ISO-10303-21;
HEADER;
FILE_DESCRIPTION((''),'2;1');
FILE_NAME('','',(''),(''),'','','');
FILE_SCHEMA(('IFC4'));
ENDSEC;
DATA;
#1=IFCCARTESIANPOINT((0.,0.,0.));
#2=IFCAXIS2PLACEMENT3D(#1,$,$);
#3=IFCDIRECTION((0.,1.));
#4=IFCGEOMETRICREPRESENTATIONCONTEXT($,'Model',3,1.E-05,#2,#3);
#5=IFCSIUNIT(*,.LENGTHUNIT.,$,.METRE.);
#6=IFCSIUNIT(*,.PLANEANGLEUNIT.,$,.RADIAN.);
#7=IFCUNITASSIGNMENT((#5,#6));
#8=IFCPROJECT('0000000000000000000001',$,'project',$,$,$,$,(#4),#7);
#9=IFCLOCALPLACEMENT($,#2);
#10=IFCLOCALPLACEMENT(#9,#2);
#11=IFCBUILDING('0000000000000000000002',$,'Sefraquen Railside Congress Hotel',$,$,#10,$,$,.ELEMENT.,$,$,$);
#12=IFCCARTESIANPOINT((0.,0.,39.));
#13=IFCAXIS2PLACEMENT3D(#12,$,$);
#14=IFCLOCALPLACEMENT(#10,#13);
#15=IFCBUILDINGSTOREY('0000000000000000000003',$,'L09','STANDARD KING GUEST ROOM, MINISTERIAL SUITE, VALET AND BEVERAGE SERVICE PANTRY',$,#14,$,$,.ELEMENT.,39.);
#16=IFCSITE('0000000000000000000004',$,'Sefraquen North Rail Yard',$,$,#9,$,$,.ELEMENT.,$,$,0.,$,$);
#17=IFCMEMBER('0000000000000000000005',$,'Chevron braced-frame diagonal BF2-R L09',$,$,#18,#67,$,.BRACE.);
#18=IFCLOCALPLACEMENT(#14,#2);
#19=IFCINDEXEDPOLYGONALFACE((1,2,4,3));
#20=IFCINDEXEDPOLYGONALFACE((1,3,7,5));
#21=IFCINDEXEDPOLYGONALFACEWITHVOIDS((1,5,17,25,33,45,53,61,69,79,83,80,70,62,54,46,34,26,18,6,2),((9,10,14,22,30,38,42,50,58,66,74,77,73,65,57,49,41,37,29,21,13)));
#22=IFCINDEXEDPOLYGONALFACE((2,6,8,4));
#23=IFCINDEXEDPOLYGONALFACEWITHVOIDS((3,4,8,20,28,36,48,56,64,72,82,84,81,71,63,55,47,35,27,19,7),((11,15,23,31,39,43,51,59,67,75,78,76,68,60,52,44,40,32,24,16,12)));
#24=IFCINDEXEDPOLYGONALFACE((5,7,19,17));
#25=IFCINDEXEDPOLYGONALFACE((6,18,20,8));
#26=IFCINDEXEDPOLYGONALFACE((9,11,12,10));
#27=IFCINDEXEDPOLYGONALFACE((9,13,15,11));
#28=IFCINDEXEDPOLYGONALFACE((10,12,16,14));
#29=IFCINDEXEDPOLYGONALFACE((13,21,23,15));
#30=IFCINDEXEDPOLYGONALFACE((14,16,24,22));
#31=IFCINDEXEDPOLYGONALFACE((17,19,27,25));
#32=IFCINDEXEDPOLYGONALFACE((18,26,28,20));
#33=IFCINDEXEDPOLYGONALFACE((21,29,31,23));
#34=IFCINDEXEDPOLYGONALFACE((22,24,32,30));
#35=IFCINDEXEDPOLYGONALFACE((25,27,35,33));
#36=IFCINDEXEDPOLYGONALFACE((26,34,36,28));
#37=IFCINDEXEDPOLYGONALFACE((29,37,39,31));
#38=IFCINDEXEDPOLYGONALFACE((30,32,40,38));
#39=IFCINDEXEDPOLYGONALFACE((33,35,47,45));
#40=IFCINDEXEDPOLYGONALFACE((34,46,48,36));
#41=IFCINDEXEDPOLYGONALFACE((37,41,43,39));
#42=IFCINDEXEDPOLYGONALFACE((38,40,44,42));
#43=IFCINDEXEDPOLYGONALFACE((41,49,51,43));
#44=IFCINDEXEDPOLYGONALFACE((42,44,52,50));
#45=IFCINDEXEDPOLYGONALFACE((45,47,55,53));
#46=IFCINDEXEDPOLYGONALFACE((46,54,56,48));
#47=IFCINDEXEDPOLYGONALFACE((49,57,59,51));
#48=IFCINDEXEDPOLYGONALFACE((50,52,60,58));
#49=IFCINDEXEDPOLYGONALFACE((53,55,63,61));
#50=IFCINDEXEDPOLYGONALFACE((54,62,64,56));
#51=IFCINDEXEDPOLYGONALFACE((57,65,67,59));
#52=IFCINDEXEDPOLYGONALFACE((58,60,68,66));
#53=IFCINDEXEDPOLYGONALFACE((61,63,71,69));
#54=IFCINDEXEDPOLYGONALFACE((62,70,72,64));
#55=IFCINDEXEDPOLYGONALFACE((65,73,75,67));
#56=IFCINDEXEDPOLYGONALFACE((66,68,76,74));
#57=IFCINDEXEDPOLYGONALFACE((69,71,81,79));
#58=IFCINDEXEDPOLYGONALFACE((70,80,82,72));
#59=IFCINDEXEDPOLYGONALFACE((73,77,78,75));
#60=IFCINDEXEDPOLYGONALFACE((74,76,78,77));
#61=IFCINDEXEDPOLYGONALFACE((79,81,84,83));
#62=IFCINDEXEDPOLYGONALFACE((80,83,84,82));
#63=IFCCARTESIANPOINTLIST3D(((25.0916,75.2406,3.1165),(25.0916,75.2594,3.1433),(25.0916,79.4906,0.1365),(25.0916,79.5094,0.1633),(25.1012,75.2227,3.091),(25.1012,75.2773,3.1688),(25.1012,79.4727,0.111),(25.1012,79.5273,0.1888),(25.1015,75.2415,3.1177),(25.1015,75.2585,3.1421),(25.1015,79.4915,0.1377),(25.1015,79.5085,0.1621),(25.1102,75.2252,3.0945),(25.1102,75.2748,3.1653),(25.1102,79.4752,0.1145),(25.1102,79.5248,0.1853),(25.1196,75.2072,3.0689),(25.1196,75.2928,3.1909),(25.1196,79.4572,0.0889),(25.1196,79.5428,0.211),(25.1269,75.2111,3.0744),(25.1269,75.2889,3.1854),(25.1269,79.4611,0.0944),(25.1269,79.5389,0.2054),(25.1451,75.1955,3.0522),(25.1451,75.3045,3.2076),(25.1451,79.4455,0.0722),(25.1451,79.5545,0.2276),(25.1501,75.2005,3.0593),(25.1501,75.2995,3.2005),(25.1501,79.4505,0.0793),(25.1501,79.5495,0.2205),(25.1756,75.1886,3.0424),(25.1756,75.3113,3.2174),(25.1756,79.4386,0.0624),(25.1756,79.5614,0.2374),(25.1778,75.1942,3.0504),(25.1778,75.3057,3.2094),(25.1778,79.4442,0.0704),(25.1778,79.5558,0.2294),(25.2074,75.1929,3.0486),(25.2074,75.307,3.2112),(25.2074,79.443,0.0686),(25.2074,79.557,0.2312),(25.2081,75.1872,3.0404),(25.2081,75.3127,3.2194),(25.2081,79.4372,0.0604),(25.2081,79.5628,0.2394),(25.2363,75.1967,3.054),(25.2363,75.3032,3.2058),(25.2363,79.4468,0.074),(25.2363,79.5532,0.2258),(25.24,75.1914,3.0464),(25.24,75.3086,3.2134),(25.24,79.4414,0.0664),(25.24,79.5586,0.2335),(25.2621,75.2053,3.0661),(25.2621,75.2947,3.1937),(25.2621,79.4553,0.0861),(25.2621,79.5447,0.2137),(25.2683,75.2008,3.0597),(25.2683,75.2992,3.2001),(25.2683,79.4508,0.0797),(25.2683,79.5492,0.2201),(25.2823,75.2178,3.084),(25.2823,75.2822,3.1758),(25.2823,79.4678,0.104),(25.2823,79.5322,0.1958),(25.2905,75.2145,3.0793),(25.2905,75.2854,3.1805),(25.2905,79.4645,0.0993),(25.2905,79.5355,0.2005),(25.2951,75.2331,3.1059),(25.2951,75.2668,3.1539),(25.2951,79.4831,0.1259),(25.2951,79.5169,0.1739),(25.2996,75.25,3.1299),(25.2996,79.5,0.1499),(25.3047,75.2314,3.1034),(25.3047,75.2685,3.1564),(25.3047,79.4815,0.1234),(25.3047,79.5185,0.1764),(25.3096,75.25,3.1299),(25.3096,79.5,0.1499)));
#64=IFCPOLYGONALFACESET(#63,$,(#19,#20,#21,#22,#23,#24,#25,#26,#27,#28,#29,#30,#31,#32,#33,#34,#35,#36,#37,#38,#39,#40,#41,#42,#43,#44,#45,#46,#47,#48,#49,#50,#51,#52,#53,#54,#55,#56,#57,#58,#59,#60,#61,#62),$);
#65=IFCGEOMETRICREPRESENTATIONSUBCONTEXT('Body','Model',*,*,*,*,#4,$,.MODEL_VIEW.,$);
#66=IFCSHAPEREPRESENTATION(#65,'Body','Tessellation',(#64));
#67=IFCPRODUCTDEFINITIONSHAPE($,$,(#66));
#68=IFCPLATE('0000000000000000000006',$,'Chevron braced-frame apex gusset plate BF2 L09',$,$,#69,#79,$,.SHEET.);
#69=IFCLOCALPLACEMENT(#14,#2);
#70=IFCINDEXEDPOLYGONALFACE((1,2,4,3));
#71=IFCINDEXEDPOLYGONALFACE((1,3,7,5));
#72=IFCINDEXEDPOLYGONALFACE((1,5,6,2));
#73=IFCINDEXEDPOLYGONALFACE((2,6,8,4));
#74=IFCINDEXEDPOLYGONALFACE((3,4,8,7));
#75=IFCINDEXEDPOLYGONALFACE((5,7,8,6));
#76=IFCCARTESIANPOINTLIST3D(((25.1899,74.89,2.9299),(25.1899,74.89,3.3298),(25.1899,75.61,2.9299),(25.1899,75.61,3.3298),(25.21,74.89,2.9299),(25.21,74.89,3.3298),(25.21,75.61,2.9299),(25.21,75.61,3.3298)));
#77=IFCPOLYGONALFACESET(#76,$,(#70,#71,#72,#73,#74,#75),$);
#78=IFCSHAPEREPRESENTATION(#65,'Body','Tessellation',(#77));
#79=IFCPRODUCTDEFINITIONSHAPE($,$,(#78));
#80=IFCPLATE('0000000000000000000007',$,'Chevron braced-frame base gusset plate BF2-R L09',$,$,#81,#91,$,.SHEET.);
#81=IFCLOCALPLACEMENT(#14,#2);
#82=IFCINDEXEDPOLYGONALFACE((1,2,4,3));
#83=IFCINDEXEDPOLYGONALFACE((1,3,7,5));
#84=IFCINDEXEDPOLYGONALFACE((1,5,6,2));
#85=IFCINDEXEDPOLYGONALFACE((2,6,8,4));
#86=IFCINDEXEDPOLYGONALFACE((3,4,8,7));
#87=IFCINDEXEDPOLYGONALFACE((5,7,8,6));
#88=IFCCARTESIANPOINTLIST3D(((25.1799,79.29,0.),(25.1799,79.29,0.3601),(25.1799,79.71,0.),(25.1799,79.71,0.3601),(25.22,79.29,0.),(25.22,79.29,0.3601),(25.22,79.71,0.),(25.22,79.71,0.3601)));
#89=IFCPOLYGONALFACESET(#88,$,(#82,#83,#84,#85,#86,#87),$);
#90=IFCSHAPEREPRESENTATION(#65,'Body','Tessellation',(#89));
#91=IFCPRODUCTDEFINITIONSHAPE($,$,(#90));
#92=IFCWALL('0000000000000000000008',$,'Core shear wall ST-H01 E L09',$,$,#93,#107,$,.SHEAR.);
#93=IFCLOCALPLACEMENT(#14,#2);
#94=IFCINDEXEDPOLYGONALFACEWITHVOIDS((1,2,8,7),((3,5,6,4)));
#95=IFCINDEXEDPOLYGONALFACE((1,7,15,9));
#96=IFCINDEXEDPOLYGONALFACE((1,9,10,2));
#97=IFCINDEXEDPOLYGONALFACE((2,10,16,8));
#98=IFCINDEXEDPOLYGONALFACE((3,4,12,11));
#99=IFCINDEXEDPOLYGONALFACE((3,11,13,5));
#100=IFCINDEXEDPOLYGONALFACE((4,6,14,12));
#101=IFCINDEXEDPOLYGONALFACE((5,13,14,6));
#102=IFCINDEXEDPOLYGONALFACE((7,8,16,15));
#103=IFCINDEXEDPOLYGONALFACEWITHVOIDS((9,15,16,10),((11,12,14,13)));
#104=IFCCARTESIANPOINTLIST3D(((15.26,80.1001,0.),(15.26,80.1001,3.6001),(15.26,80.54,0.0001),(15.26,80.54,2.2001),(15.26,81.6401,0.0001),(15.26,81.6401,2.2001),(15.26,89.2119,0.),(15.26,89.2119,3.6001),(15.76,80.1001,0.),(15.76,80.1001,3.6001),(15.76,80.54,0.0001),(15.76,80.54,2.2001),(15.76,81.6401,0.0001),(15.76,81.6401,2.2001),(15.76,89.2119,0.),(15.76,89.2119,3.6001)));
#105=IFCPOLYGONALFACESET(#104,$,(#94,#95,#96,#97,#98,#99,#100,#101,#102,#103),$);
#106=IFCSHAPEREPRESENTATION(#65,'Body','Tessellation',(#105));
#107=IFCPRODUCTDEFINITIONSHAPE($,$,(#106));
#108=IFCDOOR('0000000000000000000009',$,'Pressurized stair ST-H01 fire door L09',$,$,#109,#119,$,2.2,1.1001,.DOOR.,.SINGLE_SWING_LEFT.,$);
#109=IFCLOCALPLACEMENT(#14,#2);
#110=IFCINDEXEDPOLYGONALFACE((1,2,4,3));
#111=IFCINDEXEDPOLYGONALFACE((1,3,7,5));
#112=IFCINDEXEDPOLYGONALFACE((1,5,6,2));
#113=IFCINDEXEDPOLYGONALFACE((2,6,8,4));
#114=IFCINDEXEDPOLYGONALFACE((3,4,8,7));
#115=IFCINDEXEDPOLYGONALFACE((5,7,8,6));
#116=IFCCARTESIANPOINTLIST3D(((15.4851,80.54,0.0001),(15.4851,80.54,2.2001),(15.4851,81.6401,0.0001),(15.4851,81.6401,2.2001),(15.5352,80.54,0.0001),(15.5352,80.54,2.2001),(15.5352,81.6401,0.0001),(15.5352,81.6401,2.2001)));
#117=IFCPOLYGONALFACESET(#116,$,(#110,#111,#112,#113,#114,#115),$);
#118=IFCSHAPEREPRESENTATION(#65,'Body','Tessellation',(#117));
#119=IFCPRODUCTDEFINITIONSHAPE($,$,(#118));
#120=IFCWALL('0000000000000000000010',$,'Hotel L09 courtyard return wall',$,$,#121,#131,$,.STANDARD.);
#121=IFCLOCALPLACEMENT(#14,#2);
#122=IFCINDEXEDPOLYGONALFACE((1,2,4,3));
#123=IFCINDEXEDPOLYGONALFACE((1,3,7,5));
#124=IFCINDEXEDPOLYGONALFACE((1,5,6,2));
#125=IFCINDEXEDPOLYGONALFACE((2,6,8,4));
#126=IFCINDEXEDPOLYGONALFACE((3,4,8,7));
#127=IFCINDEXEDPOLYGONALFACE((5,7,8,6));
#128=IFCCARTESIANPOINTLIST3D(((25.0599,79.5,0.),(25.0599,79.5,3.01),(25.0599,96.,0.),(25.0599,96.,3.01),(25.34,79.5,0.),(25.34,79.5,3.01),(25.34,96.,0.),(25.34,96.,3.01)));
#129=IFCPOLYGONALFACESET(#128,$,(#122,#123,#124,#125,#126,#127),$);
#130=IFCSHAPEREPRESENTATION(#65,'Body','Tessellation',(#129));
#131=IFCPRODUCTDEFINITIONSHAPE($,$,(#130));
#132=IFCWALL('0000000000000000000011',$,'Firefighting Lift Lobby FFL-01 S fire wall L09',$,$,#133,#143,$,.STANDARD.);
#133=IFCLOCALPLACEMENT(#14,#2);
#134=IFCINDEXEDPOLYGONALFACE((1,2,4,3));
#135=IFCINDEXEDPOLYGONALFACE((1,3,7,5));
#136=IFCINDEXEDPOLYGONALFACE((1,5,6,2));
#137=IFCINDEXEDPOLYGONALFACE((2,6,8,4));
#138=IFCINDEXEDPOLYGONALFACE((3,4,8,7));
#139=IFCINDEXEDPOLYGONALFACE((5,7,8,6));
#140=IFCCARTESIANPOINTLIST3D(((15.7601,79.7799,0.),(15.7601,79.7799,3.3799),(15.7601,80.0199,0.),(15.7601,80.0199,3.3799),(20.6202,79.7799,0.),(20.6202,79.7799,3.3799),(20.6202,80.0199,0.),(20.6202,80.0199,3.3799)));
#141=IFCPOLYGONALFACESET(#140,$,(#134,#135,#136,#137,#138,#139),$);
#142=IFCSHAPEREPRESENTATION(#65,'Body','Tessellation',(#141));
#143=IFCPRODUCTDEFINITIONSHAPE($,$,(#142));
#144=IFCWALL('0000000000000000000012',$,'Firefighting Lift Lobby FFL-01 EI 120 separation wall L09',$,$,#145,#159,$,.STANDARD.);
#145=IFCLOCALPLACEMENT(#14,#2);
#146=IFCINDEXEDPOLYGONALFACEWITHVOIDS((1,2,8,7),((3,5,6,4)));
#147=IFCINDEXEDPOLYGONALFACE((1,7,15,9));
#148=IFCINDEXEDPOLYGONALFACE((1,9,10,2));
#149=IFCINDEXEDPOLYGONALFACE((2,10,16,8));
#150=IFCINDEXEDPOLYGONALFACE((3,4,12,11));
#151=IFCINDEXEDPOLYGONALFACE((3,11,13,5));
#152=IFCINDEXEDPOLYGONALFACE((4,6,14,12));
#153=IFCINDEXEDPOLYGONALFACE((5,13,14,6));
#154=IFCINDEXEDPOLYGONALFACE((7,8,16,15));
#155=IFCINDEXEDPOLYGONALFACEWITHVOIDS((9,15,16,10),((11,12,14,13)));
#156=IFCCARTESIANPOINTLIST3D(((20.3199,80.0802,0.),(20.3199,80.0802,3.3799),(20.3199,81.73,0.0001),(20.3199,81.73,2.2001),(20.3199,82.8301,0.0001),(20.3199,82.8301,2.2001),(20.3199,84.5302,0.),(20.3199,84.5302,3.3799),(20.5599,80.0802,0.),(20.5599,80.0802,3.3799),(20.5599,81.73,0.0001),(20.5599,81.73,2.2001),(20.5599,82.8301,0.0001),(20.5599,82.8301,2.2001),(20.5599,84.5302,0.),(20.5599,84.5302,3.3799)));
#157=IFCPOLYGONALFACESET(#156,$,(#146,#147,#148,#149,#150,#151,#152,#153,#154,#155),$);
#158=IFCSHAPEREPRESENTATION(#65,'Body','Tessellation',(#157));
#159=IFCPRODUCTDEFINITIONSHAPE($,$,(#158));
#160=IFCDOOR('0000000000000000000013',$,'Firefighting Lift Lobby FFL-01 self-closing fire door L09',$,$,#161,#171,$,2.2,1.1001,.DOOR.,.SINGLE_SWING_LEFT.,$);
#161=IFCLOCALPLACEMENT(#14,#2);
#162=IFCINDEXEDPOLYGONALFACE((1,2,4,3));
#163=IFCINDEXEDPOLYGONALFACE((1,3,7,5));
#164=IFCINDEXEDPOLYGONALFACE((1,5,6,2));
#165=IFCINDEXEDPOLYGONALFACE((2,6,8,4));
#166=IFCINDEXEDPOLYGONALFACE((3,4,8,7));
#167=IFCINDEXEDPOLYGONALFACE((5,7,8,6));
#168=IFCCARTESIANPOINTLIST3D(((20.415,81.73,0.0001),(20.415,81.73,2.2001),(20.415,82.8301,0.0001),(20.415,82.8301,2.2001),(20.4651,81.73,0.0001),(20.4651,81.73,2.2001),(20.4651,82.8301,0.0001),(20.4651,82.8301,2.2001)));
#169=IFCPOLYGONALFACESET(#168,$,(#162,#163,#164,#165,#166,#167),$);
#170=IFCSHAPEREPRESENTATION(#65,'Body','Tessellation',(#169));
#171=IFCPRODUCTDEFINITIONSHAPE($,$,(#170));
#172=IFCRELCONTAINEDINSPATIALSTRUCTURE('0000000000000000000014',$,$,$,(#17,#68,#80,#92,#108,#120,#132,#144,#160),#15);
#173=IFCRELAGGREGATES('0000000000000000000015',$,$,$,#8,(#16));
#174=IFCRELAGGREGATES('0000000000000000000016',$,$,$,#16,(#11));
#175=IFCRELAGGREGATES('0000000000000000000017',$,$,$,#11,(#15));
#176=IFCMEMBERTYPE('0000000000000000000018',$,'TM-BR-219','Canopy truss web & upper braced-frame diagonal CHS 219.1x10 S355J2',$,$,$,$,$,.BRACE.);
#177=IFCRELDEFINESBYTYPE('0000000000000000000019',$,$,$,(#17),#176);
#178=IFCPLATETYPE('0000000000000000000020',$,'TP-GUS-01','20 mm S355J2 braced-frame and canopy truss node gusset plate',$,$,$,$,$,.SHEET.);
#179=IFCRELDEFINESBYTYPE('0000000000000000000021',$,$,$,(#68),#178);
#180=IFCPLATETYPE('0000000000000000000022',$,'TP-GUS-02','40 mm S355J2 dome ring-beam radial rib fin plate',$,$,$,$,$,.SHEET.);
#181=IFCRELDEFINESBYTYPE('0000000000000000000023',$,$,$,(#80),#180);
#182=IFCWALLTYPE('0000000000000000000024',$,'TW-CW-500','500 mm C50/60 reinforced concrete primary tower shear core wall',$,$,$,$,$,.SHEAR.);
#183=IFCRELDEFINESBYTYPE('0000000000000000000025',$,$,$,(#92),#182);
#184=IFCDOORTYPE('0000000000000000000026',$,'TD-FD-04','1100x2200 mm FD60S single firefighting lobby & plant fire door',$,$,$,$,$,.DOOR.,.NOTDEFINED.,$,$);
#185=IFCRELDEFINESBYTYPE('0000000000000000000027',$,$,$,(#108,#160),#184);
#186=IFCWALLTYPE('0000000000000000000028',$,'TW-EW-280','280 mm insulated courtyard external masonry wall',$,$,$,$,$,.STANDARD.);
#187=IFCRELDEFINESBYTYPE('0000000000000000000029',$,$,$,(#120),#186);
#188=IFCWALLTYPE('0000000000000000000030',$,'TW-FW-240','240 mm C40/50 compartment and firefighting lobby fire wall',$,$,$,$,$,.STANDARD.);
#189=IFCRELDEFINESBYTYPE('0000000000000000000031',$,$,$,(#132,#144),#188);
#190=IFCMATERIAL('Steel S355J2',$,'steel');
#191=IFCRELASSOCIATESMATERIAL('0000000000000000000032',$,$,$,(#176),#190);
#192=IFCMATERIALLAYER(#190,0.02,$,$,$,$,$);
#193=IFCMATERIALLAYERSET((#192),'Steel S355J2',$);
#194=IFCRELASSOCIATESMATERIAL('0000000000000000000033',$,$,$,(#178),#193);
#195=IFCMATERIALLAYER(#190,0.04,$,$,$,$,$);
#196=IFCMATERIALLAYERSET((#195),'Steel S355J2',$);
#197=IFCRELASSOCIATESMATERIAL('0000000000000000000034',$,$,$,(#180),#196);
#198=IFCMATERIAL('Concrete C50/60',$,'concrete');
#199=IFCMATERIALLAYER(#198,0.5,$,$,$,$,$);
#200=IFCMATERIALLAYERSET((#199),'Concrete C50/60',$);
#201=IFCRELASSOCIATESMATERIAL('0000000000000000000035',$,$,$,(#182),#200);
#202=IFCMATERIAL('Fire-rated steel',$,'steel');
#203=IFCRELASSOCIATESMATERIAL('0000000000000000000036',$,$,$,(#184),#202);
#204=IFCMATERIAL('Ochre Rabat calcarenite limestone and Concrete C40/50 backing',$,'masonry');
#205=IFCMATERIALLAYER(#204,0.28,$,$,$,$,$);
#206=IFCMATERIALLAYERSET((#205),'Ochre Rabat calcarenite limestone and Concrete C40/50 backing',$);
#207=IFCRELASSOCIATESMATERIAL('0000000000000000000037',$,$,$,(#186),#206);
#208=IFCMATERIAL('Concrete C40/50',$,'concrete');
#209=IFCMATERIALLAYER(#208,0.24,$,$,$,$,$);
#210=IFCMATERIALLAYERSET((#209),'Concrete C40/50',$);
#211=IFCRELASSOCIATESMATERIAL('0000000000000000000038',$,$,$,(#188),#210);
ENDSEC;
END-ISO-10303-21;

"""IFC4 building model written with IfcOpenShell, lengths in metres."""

from ifc_helpers import new_model, si_unit, direction, frame, frame_2d, origin, origin_2d, place, context, subcontext, project, spatial, rectangle, hollow_circle, extrude, material, layer, layer_set, material_profile, profile_set, type_object, element, fill, save


model = new_model("IFC4")

# Units and contexts
model_context = context("Model", 3, precision=1e-05, world=origin(), true_north=direction((0.0, 1.0)))
body_context = subcontext(model_context, "Body", "Model", "MODEL_VIEW")
ifc_project = project(units=[si_unit("LENGTHUNIT", "METRE"), si_unit("PLANEANGLEUNIT", "RADIAN")], contexts=[model_context])

# Site, building, storey
site_placement = place(None, origin())
site = spatial("IfcSite", under=ifc_project, at=site_placement, Name="Sefraquen North Rail Yard", CompositionType="ELEMENT", RefElevation=0.0)
building_placement = place(site_placement, origin())
building = spatial("IfcBuilding", under=site, at=building_placement, Name="Sefraquen Railside Congress Hotel", CompositionType="ELEMENT")
storey_placement = place(building_placement, frame((0.0, 0.0, 39.0)))
storey = spatial("IfcBuildingStorey", under=building, at=storey_placement, Name="L09", Description="STANDARD KING GUEST ROOM, MINISTERIAL SUITE, VALET AND BEVERAGE SERVICE PANTRY", CompositionType="ELEMENT", Elevation=39.0)

# Member
ifc_material_1 = material(Name="Steel S355J2", Category="steel")
ifc_material_profile_1 = material_profile(ifc_material_1, hollow_circle(Radius=0.1096, WallThickness=0.01, at=origin_2d()), Name="CHS 219.1x10")
ifc_profile_set_1 = profile_set([ifc_material_profile_1], Name="Steel S355J2")
member_type = type_object("IfcMemberType", Name="TM-BR-219", Description="Canopy truss web & upper braced-frame diagonal CHS 219.1x10 S355J2", PredefinedType="BRACE", material=ifc_profile_set_1)
member_placement = place(storey_placement, frame((25.2, 79.5, 0.1499), z_axis=(0.0, -0.818781, 0.574106), x_axis=(1.0, 0.0, 0.0)))
element("IfcMember", 1, at=member_placement, inside=storey, type_object=member_type, Name="Chevron braced-frame diagonal BF2-R L09", PredefinedType="BRACE", context=body_context, shape_type="SweptSolid", body=[
    extrude(hollow_circle(Radius=0.1096, WallThickness=0.01, at=origin_2d()), origin(), (0.0, 0.0, 1.0), 5.1907),
])

# Plates
ifc_layer_1 = layer(ifc_material_1, 0.02)
ifc_layer_set_1 = layer_set([ifc_layer_1], Name="Steel S355J2")
plate_type_1 = type_object("IfcPlateType", Name="TP-GUS-01", Description="20 mm S355J2 braced-frame and canopy truss node gusset plate", PredefinedType="SHEET", material=ifc_layer_set_1)
plate_1_placement = place(storey_placement, frame((25.2, 75.25, 2.9299), z_axis=(0.0, 0.0, 1.0), x_axis=(0.0, 1.0, 0.0)))
element("IfcPlate", 2, at=plate_1_placement, inside=storey, type_object=plate_type_1, Name="Chevron braced-frame apex gusset plate BF2 L09", PredefinedType="SHEET", context=body_context, shape_type="SweptSolid", body=[
    extrude(rectangle(XDim=0.72, YDim=0.02, at=origin_2d()), origin(), (0.0, 0.0, 1.0), 0.3999),
])
ifc_layer_2 = layer(ifc_material_1, 0.04)
ifc_layer_set_2 = layer_set([ifc_layer_2], Name="Steel S355J2")
plate_type_2 = type_object("IfcPlateType", Name="TP-GUS-02", Description="40 mm S355J2 dome ring-beam radial rib fin plate", PredefinedType="SHEET", material=ifc_layer_set_2)
plate_2_placement = place(storey_placement, frame((25.2, 79.5, 0.0), z_axis=(0.0, 0.0, 1.0), x_axis=(0.0, 1.0, 0.0)))
element("IfcPlate", 3, at=plate_2_placement, inside=storey, type_object=plate_type_2, Name="Chevron braced-frame base gusset plate BF2-R L09", PredefinedType="SHEET", context=body_context, shape_type="SweptSolid", body=[
    extrude(rectangle(XDim=0.4199, YDim=0.04, at=origin_2d()), origin(), (0.0, 0.0, 1.0), 0.3601),
])

# Wall, opening, door
ifc_material_2 = material(Name="Concrete C50/60", Category="concrete")
ifc_layer_3 = layer(ifc_material_2, 0.5)
ifc_layer_set_3 = layer_set([ifc_layer_3], Name="Concrete C50/60")
wall_type_1 = type_object("IfcWallType", Name="TW-CW-500", Description="500 mm C50/60 reinforced concrete primary tower shear core wall", PredefinedType="SHEAR", material=ifc_layer_set_3)
wall_1_placement = place(storey_placement, frame((15.51, 80.1001, 0.0), z_axis=(0.0, 0.0, 1.0), x_axis=(0.0, 1.0, 0.0)))
wall_1 = element("IfcWall", 4, at=wall_1_placement, inside=storey, type_object=wall_type_1, Name="Core shear wall ST-H01 E L09", PredefinedType="SHEAR", context=body_context, shape_type="SweptSolid", body=[
    extrude(rectangle(XDim=9.1118, YDim=0.5, at=frame_2d((4.5559, 0.0))), origin(), (0.0, 0.0, 1.0), 3.6001),
])
opening_1_placement = place(wall_1_placement, frame((0.4399, 0.0, 0.0)))
opening_1 = element("IfcOpeningElement", 5, at=opening_1_placement, cuts=wall_1, PredefinedType="OPENING", context=body_context, shape_type="SweptSolid", body=[
    extrude(rectangle(XDim=1.1001, YDim=2.2, at=frame_2d((0.55, 1.1001))), frame((0.0, 0.26, 0.0), z_axis=(0.0, -1.0, 0.0), x_axis=(1.0, 0.0, 0.0)), (0.0, 0.0, 1.0), 0.52),
])
ifc_material_3 = material(Name="Fire-rated steel", Category="steel")
door_type = type_object("IfcDoorType", Name="TD-FD-04", Description="1100x2200 mm FD60S single firefighting lobby & plant fire door", OperationType="NOTDEFINED", PredefinedType="DOOR", material=ifc_material_3)
door_1_placement = place(opening_1_placement, origin())
door_1 = element("IfcDoor", 6, at=door_1_placement, inside=storey, type_object=door_type, Name="Pressurized stair ST-H01 fire door L09", OperationType="SINGLE_SWING_LEFT", OverallHeight=2.2, OverallWidth=1.1001, PredefinedType="DOOR", context=body_context, shape_type="SweptSolid", body=[
    extrude(rectangle(XDim=1.1001, YDim=2.2, at=frame_2d((0.55, 1.1001))), frame((0.0, 0.0249, 0.0), z_axis=(0.0, -1.0, 0.0), x_axis=(1.0, 0.0, 0.0)), (0.0, 0.0, 1.0), 0.05),
])
fill(opening_1, door_1)

# Walls
ifc_material_4 = material(Name="Ochre Rabat calcarenite limestone and Concrete C40/50 backing", Category="masonry")
ifc_layer_4 = layer(ifc_material_4, 0.28)
ifc_layer_set_4 = layer_set([ifc_layer_4], Name="Ochre Rabat calcarenite limestone and Concrete C40/50 backing")
wall_type_2 = type_object("IfcWallType", Name="TW-EW-280", Description="280 mm insulated courtyard external masonry wall", PredefinedType="STANDARD", material=ifc_layer_set_4)
wall_2_placement = place(storey_placement, frame((25.2, 79.5, 0.0), z_axis=(0.0, 0.0, 1.0), x_axis=(0.0, 1.0, 0.0)))
element("IfcWall", 7, at=wall_2_placement, inside=storey, type_object=wall_type_2, Name="Hotel L09 courtyard return wall", PredefinedType="STANDARD", context=body_context, shape_type="SweptSolid", body=[
    extrude(rectangle(XDim=16.5, YDim=0.28, at=frame_2d((8.25, 0.0))), origin(), (0.0, 0.0, 1.0), 3.01),
])
ifc_material_5 = material(Name="Concrete C40/50", Category="concrete")
ifc_layer_5 = layer(ifc_material_5, 0.24)
ifc_layer_set_5 = layer_set([ifc_layer_5], Name="Concrete C40/50")
wall_type_3 = type_object("IfcWallType", Name="TW-FW-240", Description="240 mm C40/50 compartment and firefighting lobby fire wall", PredefinedType="STANDARD", material=ifc_layer_set_5)
wall_3_placement = place(storey_placement, frame((15.76, 79.8999, 0.0), z_axis=(0.0, 0.0, 1.0), x_axis=(1.0, 0.0, 0.0)))
element("IfcWall", 8, at=wall_3_placement, inside=storey, type_object=wall_type_3, Name="Firefighting Lift Lobby FFL-01 S fire wall L09", PredefinedType="STANDARD", context=body_context, shape_type="SweptSolid", body=[
    extrude(rectangle(XDim=4.8601, YDim=0.24, at=frame_2d((2.4302, 0.0))), origin(), (0.0, 0.0, 1.0), 3.3799),
])

# Wall, opening, door
wall_4_placement = place(storey_placement, frame((20.4399, 80.0801, 0.0), z_axis=(0.0, 0.0, 1.0), x_axis=(0.0, 1.0, 0.0)))
wall_4 = element("IfcWall", 9, at=wall_4_placement, inside=storey, type_object=wall_type_3, Name="Firefighting Lift Lobby FFL-01 EI 120 separation wall L09", PredefinedType="STANDARD", context=body_context, shape_type="SweptSolid", body=[
    extrude(rectangle(XDim=4.45, YDim=0.24, at=frame_2d((2.2251, 0.0))), origin(), (0.0, 0.0, 1.0), 3.3799),
])
opening_2_placement = place(wall_4_placement, frame((1.6499, 0.0, 0.0)))
opening_2 = element("IfcOpeningElement", 10, at=opening_2_placement, cuts=wall_4, PredefinedType="OPENING", context=body_context, shape_type="SweptSolid", body=[
    extrude(rectangle(XDim=1.1001, YDim=2.2, at=frame_2d((0.55, 1.1001))), frame((0.0, 0.1299, 0.0), z_axis=(0.0, -1.0, 0.0), x_axis=(1.0, 0.0, 0.0)), (0.0, 0.0, 1.0), 0.26),
])
door_2_placement = place(opening_2_placement, origin())
door_2 = element("IfcDoor", 11, at=door_2_placement, inside=storey, type_object=door_type, Name="Firefighting Lift Lobby FFL-01 self-closing fire door L09", OperationType="SINGLE_SWING_LEFT", OverallHeight=2.2, OverallWidth=1.1001, PredefinedType="DOOR", context=body_context, shape_type="SweptSolid", body=[
    extrude(rectangle(XDim=1.1001, YDim=2.2, at=frame_2d((0.55, 1.1001))), frame((0.0, 0.0249, 0.0), z_axis=(0.0, -1.0, 0.0), x_axis=(1.0, 0.0, 0.0)), (0.0, 0.0, 1.0), 0.05),
])
fill(opening_2, door_2)

save(model, "model.ifc")
